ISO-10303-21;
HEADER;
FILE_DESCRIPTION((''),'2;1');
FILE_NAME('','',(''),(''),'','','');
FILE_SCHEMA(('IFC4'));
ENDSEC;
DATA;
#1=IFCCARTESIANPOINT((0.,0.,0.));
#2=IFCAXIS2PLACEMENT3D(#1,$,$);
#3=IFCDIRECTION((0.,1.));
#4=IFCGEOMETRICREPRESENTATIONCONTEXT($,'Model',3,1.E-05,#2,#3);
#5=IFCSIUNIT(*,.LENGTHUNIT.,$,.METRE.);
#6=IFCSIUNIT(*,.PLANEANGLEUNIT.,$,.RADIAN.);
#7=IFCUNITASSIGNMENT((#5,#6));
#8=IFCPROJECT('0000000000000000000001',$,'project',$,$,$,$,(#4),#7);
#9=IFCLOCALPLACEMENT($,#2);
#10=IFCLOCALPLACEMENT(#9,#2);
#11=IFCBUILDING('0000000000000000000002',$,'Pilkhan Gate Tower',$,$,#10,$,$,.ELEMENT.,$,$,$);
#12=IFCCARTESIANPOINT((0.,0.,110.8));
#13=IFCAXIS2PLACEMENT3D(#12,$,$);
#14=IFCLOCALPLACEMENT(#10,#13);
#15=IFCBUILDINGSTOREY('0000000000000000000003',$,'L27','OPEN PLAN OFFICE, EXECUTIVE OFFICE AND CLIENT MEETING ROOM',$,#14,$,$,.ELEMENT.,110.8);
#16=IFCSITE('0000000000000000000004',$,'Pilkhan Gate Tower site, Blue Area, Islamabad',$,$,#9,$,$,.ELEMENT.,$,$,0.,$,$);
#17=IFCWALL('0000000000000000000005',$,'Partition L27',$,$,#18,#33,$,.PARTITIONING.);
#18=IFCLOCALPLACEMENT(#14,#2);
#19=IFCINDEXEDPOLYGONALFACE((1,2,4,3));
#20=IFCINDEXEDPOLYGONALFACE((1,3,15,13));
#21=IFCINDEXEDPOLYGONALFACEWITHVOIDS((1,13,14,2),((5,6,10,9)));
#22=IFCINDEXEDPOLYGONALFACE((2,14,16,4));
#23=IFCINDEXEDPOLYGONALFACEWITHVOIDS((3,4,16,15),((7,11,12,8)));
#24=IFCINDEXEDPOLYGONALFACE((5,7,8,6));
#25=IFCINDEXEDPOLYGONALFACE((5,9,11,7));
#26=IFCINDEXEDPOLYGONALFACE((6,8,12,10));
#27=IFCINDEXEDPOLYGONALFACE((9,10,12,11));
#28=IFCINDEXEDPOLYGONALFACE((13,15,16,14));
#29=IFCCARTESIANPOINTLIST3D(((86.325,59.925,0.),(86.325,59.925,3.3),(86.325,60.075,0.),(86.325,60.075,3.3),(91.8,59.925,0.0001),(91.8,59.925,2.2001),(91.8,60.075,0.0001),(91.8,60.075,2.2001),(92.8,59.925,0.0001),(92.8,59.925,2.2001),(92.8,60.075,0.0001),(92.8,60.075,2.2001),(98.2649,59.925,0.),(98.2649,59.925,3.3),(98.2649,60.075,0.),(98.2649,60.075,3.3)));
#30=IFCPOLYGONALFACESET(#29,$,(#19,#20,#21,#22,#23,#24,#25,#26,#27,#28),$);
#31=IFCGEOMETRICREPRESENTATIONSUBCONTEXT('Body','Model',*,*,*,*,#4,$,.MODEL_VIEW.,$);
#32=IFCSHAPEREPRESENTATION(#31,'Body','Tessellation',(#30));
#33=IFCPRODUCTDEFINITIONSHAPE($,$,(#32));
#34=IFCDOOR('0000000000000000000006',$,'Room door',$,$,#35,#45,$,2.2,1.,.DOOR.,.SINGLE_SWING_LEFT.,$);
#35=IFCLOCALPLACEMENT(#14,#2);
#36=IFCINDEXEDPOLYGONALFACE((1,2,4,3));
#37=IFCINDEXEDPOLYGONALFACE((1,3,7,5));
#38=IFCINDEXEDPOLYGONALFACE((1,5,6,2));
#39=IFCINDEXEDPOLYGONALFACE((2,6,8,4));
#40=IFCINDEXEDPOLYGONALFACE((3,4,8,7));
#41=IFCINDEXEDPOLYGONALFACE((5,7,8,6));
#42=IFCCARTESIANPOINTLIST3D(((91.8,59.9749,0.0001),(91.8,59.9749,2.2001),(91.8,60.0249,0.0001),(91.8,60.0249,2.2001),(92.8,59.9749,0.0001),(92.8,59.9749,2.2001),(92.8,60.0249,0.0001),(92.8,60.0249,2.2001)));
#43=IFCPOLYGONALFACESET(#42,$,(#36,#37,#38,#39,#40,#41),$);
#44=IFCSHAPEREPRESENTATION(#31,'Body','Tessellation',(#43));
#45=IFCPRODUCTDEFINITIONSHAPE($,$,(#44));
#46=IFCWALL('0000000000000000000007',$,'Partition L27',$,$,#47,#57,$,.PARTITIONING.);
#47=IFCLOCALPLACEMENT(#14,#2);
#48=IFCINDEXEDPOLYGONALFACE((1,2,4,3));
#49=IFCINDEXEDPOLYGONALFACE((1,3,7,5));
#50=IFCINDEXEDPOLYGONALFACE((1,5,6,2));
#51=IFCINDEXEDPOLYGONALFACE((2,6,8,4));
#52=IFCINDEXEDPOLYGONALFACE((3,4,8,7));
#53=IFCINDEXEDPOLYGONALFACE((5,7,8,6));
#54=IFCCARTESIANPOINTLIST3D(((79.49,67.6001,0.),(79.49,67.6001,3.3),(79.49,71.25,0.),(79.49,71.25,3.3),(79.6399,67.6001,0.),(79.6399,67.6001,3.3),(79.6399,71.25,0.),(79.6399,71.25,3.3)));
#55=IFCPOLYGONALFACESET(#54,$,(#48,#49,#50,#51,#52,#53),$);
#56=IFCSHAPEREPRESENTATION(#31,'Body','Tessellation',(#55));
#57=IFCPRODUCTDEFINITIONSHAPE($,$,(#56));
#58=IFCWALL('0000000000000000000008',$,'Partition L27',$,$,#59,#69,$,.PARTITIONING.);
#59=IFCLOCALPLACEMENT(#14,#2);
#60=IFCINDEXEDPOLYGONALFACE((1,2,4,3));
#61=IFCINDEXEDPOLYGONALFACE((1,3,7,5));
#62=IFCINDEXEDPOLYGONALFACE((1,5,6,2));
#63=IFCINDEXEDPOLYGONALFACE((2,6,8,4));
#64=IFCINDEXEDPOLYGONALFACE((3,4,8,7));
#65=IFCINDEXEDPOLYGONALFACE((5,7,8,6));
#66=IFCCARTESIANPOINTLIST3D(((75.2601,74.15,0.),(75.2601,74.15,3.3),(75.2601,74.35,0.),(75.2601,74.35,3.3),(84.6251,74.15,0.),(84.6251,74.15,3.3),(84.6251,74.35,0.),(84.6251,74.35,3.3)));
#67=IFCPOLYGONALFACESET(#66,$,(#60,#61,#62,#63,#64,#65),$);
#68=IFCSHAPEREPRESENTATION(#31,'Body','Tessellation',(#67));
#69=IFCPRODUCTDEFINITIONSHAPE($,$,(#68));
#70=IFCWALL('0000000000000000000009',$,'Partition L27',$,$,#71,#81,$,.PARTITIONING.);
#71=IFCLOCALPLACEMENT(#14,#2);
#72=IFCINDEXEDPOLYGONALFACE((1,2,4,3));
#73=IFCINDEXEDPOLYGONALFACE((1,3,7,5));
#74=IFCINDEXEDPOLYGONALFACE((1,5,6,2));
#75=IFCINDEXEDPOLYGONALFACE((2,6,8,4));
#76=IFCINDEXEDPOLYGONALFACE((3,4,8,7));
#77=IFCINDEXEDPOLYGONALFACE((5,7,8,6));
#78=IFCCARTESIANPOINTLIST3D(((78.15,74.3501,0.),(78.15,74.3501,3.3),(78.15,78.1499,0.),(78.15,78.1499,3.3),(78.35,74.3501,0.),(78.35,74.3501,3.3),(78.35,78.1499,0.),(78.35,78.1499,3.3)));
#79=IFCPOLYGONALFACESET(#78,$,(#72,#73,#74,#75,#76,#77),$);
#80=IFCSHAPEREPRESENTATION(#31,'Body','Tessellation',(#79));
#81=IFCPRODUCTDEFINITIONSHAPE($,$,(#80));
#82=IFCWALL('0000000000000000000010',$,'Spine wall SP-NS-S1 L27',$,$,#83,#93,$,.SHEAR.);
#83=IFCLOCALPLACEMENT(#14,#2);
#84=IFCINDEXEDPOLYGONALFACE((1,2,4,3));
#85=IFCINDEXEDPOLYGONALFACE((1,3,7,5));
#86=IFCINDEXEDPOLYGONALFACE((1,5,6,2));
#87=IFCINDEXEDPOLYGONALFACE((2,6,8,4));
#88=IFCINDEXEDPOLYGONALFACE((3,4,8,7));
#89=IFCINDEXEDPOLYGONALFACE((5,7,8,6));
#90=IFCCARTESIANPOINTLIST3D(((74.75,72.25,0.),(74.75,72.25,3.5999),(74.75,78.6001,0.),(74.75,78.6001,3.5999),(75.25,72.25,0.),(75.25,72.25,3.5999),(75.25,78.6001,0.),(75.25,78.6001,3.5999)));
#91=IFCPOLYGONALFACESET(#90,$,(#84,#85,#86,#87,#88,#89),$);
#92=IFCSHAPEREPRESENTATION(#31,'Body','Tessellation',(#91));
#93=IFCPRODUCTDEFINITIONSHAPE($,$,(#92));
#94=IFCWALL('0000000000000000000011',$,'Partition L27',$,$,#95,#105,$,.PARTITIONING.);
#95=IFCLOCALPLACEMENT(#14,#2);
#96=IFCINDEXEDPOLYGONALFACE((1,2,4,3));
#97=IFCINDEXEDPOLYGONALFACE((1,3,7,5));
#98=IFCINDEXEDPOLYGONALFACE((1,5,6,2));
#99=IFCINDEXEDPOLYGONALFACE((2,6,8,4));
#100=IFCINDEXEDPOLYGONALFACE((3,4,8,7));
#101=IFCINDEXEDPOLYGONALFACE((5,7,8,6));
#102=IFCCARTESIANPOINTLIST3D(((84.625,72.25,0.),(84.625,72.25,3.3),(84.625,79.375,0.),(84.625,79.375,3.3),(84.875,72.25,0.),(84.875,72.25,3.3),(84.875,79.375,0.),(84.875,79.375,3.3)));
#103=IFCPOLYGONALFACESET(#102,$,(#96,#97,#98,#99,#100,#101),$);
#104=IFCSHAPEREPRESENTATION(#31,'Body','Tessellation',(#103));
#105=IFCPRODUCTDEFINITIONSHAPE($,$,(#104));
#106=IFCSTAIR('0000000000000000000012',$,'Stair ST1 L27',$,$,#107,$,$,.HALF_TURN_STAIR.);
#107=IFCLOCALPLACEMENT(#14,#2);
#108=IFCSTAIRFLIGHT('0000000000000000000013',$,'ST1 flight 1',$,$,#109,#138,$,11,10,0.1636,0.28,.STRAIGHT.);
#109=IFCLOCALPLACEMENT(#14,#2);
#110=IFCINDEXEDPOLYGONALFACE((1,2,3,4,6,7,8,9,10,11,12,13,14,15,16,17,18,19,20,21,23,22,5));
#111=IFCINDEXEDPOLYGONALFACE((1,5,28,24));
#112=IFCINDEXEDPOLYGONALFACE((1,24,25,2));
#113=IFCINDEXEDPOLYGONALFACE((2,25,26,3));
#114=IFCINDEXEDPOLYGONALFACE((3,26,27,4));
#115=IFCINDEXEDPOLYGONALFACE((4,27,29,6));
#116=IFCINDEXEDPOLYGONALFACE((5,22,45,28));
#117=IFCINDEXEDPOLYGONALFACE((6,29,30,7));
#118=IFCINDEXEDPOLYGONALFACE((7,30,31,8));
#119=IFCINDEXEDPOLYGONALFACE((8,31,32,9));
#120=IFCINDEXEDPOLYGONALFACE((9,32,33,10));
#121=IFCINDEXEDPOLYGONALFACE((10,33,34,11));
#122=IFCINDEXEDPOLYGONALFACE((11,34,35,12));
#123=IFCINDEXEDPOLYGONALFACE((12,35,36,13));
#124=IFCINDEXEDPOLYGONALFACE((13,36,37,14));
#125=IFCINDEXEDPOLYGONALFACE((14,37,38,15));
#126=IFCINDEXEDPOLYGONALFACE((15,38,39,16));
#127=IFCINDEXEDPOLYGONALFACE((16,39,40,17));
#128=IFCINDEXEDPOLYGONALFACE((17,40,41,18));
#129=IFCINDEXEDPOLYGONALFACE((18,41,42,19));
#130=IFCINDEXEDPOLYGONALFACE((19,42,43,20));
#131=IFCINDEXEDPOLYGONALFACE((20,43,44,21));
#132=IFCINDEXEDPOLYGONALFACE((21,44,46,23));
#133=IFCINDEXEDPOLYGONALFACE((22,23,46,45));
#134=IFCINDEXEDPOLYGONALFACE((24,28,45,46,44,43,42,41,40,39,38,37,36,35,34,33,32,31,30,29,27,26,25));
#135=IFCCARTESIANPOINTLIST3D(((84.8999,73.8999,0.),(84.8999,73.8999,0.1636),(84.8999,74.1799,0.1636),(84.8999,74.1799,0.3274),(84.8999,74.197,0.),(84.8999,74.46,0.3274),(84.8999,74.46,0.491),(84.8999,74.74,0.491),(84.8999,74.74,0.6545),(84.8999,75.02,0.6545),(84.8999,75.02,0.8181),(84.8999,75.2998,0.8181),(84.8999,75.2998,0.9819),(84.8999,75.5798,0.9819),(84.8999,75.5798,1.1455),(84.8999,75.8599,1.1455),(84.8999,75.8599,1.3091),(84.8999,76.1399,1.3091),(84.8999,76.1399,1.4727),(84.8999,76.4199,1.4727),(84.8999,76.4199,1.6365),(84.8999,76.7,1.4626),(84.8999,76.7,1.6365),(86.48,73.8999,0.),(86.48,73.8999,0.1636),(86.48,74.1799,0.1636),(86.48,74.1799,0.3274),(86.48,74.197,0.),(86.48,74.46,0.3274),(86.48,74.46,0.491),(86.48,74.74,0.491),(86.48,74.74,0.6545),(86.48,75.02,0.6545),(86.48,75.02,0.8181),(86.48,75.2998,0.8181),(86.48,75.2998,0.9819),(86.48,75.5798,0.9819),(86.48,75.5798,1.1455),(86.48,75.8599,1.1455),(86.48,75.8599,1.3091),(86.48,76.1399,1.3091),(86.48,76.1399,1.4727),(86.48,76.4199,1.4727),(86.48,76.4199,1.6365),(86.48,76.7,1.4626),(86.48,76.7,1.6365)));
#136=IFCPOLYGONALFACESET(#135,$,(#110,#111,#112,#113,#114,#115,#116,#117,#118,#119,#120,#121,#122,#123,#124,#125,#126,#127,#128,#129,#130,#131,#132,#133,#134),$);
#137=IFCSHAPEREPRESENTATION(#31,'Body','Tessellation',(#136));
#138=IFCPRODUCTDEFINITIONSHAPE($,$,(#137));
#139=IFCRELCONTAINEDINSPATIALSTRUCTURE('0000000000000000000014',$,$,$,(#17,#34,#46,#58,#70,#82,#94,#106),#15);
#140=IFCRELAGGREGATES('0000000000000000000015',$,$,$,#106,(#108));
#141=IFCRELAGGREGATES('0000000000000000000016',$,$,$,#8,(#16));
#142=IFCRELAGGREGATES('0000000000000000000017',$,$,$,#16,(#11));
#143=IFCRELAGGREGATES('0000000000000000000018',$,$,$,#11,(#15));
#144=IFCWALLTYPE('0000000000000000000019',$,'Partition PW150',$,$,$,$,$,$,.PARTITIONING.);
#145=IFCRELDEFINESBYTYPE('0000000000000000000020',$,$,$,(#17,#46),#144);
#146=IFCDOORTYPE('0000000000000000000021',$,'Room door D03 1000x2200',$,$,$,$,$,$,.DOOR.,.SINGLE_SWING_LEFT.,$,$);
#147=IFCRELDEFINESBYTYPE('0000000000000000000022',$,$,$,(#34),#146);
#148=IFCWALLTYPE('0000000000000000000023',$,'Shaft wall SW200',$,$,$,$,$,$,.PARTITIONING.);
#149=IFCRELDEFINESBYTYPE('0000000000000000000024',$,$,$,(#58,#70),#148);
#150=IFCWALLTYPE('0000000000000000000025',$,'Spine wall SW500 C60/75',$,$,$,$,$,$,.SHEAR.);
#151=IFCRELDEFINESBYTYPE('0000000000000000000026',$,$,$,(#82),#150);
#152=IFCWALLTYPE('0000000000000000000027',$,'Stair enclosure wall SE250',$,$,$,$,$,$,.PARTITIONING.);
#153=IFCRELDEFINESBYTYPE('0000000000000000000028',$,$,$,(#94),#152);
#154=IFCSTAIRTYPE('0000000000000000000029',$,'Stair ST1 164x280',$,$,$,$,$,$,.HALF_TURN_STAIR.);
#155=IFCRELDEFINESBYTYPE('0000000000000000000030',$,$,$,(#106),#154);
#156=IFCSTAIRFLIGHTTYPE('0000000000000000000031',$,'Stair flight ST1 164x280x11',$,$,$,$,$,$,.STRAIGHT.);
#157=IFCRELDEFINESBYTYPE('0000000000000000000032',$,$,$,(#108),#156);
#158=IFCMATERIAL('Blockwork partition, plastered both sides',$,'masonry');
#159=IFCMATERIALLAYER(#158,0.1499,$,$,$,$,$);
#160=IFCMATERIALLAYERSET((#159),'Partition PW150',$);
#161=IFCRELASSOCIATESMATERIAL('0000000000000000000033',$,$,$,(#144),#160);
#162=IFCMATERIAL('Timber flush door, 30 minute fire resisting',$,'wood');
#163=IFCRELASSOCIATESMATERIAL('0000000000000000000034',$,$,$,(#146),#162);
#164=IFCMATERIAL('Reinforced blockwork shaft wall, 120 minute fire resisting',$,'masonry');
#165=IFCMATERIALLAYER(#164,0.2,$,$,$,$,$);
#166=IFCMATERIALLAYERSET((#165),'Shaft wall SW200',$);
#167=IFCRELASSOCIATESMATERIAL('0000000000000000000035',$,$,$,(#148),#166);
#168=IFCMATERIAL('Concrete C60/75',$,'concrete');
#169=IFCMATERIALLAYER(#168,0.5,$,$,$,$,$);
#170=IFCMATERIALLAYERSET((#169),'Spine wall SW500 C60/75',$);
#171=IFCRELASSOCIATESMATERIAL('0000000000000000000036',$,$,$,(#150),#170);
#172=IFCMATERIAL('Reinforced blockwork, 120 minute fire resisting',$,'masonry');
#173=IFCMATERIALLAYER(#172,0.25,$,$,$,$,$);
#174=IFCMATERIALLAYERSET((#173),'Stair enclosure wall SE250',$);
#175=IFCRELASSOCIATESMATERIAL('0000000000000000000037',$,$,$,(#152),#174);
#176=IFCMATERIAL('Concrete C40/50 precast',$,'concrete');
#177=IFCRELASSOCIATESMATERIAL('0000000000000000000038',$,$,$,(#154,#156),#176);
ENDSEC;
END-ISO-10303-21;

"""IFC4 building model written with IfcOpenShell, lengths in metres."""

from ifc_helpers import new_model, si_unit, direction, frame, frame_2d, origin, place, context, subcontext, project, spatial, polyline, rectangle, outline, extrude, material, layer, layer_set, type_object, element, fill, aggregate, save


model = new_model("IFC4")

# Units and contexts
model_context = context("Model", 3, precision=1e-05, world=origin(), true_north=direction((0.0, 1.0)))
body_context = subcontext(model_context, "Body", "Model", "MODEL_VIEW")
ifc_project = project(units=[si_unit("LENGTHUNIT", "METRE"), si_unit("PLANEANGLEUNIT", "RADIAN")], contexts=[model_context])

# Site, building, storey
site_placement = place(None, origin())
site = spatial("IfcSite", under=ifc_project, at=site_placement, Name="Pilkhan Gate Tower site, Blue Area, Islamabad", CompositionType="ELEMENT", RefElevation=0.0)
building_placement = place(site_placement, origin())
building = spatial("IfcBuilding", under=site, at=building_placement, Name="Pilkhan Gate Tower", CompositionType="ELEMENT")
storey_placement = place(building_placement, frame((0.0, 0.0, 110.8)))
storey = spatial("IfcBuildingStorey", under=building, at=storey_placement, Name="L27", Description="OPEN PLAN OFFICE, EXECUTIVE OFFICE AND CLIENT MEETING ROOM", CompositionType="ELEMENT", Elevation=110.8)

# Shared definitions
ifc_material_1 = material(Name="Concrete C60/75", Category="concrete")

# Wall, opening, door
ifc_material_2 = material(Name="Blockwork partition, plastered both sides", Category="masonry")
ifc_layer_1 = layer(ifc_material_2, 0.1499)
ifc_layer_set_1 = layer_set([ifc_layer_1], Name="Partition PW150")
wall_type_1 = type_object("IfcWallType", Name="Partition PW150", PredefinedType="PARTITIONING", material=ifc_layer_set_1)
wall_1_placement = place(storey_placement, frame((86.325, 60.0, 0.0), z_axis=(0.0, 0.0, 1.0), x_axis=(1.0, 0.0, 0.0)))
wall_1 = element("IfcWall", 1, at=wall_1_placement, inside=storey, type_object=wall_type_1, Name="Partition L27", PredefinedType="PARTITIONING", context=body_context, shape_type="SweptSolid", body=[
    extrude(rectangle(XDim=11.9399, YDim=0.1499, at=frame_2d((5.97, 0.0))), origin(), (0.0, 0.0, 1.0), 3.3),
])
opening_1_placement = place(wall_1_placement, frame((5.4751, 0.0, 0.0)))
opening_1 = element("IfcOpeningElement", 2, at=opening_1_placement, cuts=wall_1, PredefinedType="OPENING", context=body_context, shape_type="SweptSolid", body=[
    extrude(rectangle(XDim=1.0, YDim=2.2, at=frame_2d((0.5, 1.1001))), frame((0.0, 0.085, 0.0), z_axis=(0.0, -1.0, 0.0), x_axis=(1.0, 0.0, 0.0)), (0.0, 0.0, 1.0), 0.1699),
])
ifc_material_3 = material(Name="Timber flush door, 30 minute fire resisting", Category="wood")
door_type_1 = type_object("IfcDoorType", Name="Room door D03 1000x2200", OperationType="SINGLE_SWING_LEFT", PredefinedType="DOOR", material=ifc_material_3)
door_1_placement = place(opening_1_placement, origin())
door_1 = element("IfcDoor", 3, at=door_1_placement, inside=storey, type_object=door_type_1, Name="Room door", OperationType="SINGLE_SWING_LEFT", OverallHeight=2.2, OverallWidth=1.0, PredefinedType="DOOR", context=body_context, shape_type="SweptSolid", body=[
    extrude(rectangle(XDim=1.0, YDim=2.2, at=frame_2d((0.5, 1.1001))), frame((0.0, 0.0249, 0.0), z_axis=(0.0, -1.0, 0.0), x_axis=(1.0, 0.0, 0.0)), (0.0, 0.0, 1.0), 0.05),
])
fill(opening_1, door_1)

# Walls
wall_2_placement = place(storey_placement, frame((79.5649, 67.6001, 0.0), z_axis=(0.0, 0.0, 1.0), x_axis=(0.0, 1.0, 0.0)))
element("IfcWall", 4, at=wall_2_placement, inside=storey, type_object=wall_type_1, Name="Partition L27", PredefinedType="PARTITIONING", context=body_context, shape_type="SweptSolid", body=[
    extrude(rectangle(XDim=3.6499, YDim=0.1499, at=frame_2d((1.825, 0.0))), origin(), (0.0, 0.0, 1.0), 3.3),
])
ifc_material_4 = material(Name="Reinforced blockwork shaft wall, 120 minute fire resisting", Category="masonry")
ifc_layer_2 = layer(ifc_material_4, 0.2)
ifc_layer_set_2 = layer_set([ifc_layer_2], Name="Shaft wall SW200")
wall_type_2 = type_object("IfcWallType", Name="Shaft wall SW200", PredefinedType="PARTITIONING", material=ifc_layer_set_2)
wall_3_placement = place(storey_placement, frame((75.26, 74.25, 0.0), z_axis=(0.0, 0.0, 1.0), x_axis=(1.0, 0.0, 0.0)))
element("IfcWall", 5, at=wall_3_placement, inside=storey, type_object=wall_type_2, Name="Partition L27", PredefinedType="PARTITIONING", context=body_context, shape_type="SweptSolid", body=[
    extrude(rectangle(XDim=9.365, YDim=0.2, at=frame_2d((4.6826, 0.0))), origin(), (0.0, 0.0, 1.0), 3.3),
])
wall_4_placement = place(storey_placement, frame((78.25, 74.3501, 0.0), z_axis=(0.0, 0.0, 1.0), x_axis=(0.0, 1.0, 0.0)))
element("IfcWall", 6, at=wall_4_placement, inside=storey, type_object=wall_type_2, Name="Partition L27", PredefinedType="PARTITIONING", context=body_context, shape_type="SweptSolid", body=[
    extrude(rectangle(XDim=3.7998, YDim=0.2, at=frame_2d((1.8999, 0.0))), origin(), (0.0, 0.0, 1.0), 3.3),
])
ifc_layer_3 = layer(ifc_material_1, 0.5)
ifc_layer_set_3 = layer_set([ifc_layer_3], Name="Spine wall SW500 C60/75")
wall_type_3 = type_object("IfcWallType", Name="Spine wall SW500 C60/75", PredefinedType="SHEAR", material=ifc_layer_set_3)
wall_5_placement = place(storey_placement, frame((75.0, 72.25, 0.0), z_axis=(0.0, 0.0, 1.0), x_axis=(0.0, 1.0, 0.0)))
element("IfcWall", 7, at=wall_5_placement, inside=storey, type_object=wall_type_3, Name="Spine wall SP-NS-S1 L27", PredefinedType="SHEAR", context=body_context, shape_type="SweptSolid", body=[
    extrude(rectangle(XDim=6.3501, YDim=0.5, at=frame_2d((3.175, 0.0))), origin(), (0.0, 0.0, 1.0), 3.5999),
])
ifc_material_5 = material(Name="Reinforced blockwork, 120 minute fire resisting", Category="masonry")
ifc_layer_4 = layer(ifc_material_5, 0.25)
ifc_layer_set_4 = layer_set([ifc_layer_4], Name="Stair enclosure wall SE250")
wall_type_4 = type_object("IfcWallType", Name="Stair enclosure wall SE250", PredefinedType="PARTITIONING", material=ifc_layer_set_4)
wall_6_placement = place(storey_placement, frame((84.75, 72.25, 0.0), z_axis=(0.0, 0.0, 1.0), x_axis=(0.0, 1.0, 0.0)))
element("IfcWall", 8, at=wall_6_placement, inside=storey, type_object=wall_type_4, Name="Partition L27", PredefinedType="PARTITIONING", context=body_context, shape_type="SweptSolid", body=[
    extrude(rectangle(XDim=7.125, YDim=0.25, at=frame_2d((3.5625, 0.0))), origin(), (0.0, 0.0, 1.0), 3.3),
])

# Stair, stair flight
ifc_material_6 = material(Name="Concrete C40/50 precast", Category="concrete")
stair_type = type_object("IfcStairType", Name="Stair ST1 164x280", PredefinedType="HALF_TURN_STAIR", material=ifc_material_6)
stair_placement = place(storey_placement, origin())
stair = element("IfcStair", 9, at=stair_placement, inside=storey, type_object=stair_type, Name="Stair ST1 L27", PredefinedType="HALF_TURN_STAIR")
stair_flight_type = type_object("IfcStairFlightType", Name="Stair flight ST1 164x280x11", PredefinedType="STRAIGHT", material=ifc_material_6)
stair_flight_placement = place(storey_placement, frame((85.6899, 73.8999, 0.0), z_axis=(0.0, 0.0, 1.0), x_axis=(0.0, 1.0, 0.0)))
stair_flight = element("IfcStairFlight", 10, at=stair_flight_placement, type_object=stair_flight_type, Name="ST1 flight 1", NumberOfRisers=11, NumberOfTreads=10, PredefinedType="STRAIGHT", RiserHeight=0.1636, TreadLength=0.28, context=body_context, shape_type="SweptSolid", body=[
    extrude(outline(polyline([(0.0, 0.0), (0.0, 0.1636), (0.28, 0.1636), (0.28, 0.3274), (0.5601, 0.3274), (0.5601, 0.491), (0.8401, 0.491), (0.8401, 0.6545), (1.1201, 0.6545), (1.1201, 0.8181), (1.3999, 0.8181), (1.3999, 0.9819), (1.6799, 0.9819), (1.6799, 1.1455), (1.96, 1.1455), (1.96, 1.3091), (2.24, 1.3091), (2.24, 1.4727), (2.52, 1.4727), (2.52, 1.6365), (2.8, 1.6365), (2.8, 1.8), (2.8, 1.4626), (0.2971, 0.0), (0.0, 0.0)])), frame((0.0, 0.79, 0.0), z_axis=(0.0, -1.0, 0.0), x_axis=(1.0, 0.0, 0.0)), (0.0, 0.0, 1.0), 1.5801),
])
aggregate(stair, [stair_flight])

save(model, "model.ifc")
